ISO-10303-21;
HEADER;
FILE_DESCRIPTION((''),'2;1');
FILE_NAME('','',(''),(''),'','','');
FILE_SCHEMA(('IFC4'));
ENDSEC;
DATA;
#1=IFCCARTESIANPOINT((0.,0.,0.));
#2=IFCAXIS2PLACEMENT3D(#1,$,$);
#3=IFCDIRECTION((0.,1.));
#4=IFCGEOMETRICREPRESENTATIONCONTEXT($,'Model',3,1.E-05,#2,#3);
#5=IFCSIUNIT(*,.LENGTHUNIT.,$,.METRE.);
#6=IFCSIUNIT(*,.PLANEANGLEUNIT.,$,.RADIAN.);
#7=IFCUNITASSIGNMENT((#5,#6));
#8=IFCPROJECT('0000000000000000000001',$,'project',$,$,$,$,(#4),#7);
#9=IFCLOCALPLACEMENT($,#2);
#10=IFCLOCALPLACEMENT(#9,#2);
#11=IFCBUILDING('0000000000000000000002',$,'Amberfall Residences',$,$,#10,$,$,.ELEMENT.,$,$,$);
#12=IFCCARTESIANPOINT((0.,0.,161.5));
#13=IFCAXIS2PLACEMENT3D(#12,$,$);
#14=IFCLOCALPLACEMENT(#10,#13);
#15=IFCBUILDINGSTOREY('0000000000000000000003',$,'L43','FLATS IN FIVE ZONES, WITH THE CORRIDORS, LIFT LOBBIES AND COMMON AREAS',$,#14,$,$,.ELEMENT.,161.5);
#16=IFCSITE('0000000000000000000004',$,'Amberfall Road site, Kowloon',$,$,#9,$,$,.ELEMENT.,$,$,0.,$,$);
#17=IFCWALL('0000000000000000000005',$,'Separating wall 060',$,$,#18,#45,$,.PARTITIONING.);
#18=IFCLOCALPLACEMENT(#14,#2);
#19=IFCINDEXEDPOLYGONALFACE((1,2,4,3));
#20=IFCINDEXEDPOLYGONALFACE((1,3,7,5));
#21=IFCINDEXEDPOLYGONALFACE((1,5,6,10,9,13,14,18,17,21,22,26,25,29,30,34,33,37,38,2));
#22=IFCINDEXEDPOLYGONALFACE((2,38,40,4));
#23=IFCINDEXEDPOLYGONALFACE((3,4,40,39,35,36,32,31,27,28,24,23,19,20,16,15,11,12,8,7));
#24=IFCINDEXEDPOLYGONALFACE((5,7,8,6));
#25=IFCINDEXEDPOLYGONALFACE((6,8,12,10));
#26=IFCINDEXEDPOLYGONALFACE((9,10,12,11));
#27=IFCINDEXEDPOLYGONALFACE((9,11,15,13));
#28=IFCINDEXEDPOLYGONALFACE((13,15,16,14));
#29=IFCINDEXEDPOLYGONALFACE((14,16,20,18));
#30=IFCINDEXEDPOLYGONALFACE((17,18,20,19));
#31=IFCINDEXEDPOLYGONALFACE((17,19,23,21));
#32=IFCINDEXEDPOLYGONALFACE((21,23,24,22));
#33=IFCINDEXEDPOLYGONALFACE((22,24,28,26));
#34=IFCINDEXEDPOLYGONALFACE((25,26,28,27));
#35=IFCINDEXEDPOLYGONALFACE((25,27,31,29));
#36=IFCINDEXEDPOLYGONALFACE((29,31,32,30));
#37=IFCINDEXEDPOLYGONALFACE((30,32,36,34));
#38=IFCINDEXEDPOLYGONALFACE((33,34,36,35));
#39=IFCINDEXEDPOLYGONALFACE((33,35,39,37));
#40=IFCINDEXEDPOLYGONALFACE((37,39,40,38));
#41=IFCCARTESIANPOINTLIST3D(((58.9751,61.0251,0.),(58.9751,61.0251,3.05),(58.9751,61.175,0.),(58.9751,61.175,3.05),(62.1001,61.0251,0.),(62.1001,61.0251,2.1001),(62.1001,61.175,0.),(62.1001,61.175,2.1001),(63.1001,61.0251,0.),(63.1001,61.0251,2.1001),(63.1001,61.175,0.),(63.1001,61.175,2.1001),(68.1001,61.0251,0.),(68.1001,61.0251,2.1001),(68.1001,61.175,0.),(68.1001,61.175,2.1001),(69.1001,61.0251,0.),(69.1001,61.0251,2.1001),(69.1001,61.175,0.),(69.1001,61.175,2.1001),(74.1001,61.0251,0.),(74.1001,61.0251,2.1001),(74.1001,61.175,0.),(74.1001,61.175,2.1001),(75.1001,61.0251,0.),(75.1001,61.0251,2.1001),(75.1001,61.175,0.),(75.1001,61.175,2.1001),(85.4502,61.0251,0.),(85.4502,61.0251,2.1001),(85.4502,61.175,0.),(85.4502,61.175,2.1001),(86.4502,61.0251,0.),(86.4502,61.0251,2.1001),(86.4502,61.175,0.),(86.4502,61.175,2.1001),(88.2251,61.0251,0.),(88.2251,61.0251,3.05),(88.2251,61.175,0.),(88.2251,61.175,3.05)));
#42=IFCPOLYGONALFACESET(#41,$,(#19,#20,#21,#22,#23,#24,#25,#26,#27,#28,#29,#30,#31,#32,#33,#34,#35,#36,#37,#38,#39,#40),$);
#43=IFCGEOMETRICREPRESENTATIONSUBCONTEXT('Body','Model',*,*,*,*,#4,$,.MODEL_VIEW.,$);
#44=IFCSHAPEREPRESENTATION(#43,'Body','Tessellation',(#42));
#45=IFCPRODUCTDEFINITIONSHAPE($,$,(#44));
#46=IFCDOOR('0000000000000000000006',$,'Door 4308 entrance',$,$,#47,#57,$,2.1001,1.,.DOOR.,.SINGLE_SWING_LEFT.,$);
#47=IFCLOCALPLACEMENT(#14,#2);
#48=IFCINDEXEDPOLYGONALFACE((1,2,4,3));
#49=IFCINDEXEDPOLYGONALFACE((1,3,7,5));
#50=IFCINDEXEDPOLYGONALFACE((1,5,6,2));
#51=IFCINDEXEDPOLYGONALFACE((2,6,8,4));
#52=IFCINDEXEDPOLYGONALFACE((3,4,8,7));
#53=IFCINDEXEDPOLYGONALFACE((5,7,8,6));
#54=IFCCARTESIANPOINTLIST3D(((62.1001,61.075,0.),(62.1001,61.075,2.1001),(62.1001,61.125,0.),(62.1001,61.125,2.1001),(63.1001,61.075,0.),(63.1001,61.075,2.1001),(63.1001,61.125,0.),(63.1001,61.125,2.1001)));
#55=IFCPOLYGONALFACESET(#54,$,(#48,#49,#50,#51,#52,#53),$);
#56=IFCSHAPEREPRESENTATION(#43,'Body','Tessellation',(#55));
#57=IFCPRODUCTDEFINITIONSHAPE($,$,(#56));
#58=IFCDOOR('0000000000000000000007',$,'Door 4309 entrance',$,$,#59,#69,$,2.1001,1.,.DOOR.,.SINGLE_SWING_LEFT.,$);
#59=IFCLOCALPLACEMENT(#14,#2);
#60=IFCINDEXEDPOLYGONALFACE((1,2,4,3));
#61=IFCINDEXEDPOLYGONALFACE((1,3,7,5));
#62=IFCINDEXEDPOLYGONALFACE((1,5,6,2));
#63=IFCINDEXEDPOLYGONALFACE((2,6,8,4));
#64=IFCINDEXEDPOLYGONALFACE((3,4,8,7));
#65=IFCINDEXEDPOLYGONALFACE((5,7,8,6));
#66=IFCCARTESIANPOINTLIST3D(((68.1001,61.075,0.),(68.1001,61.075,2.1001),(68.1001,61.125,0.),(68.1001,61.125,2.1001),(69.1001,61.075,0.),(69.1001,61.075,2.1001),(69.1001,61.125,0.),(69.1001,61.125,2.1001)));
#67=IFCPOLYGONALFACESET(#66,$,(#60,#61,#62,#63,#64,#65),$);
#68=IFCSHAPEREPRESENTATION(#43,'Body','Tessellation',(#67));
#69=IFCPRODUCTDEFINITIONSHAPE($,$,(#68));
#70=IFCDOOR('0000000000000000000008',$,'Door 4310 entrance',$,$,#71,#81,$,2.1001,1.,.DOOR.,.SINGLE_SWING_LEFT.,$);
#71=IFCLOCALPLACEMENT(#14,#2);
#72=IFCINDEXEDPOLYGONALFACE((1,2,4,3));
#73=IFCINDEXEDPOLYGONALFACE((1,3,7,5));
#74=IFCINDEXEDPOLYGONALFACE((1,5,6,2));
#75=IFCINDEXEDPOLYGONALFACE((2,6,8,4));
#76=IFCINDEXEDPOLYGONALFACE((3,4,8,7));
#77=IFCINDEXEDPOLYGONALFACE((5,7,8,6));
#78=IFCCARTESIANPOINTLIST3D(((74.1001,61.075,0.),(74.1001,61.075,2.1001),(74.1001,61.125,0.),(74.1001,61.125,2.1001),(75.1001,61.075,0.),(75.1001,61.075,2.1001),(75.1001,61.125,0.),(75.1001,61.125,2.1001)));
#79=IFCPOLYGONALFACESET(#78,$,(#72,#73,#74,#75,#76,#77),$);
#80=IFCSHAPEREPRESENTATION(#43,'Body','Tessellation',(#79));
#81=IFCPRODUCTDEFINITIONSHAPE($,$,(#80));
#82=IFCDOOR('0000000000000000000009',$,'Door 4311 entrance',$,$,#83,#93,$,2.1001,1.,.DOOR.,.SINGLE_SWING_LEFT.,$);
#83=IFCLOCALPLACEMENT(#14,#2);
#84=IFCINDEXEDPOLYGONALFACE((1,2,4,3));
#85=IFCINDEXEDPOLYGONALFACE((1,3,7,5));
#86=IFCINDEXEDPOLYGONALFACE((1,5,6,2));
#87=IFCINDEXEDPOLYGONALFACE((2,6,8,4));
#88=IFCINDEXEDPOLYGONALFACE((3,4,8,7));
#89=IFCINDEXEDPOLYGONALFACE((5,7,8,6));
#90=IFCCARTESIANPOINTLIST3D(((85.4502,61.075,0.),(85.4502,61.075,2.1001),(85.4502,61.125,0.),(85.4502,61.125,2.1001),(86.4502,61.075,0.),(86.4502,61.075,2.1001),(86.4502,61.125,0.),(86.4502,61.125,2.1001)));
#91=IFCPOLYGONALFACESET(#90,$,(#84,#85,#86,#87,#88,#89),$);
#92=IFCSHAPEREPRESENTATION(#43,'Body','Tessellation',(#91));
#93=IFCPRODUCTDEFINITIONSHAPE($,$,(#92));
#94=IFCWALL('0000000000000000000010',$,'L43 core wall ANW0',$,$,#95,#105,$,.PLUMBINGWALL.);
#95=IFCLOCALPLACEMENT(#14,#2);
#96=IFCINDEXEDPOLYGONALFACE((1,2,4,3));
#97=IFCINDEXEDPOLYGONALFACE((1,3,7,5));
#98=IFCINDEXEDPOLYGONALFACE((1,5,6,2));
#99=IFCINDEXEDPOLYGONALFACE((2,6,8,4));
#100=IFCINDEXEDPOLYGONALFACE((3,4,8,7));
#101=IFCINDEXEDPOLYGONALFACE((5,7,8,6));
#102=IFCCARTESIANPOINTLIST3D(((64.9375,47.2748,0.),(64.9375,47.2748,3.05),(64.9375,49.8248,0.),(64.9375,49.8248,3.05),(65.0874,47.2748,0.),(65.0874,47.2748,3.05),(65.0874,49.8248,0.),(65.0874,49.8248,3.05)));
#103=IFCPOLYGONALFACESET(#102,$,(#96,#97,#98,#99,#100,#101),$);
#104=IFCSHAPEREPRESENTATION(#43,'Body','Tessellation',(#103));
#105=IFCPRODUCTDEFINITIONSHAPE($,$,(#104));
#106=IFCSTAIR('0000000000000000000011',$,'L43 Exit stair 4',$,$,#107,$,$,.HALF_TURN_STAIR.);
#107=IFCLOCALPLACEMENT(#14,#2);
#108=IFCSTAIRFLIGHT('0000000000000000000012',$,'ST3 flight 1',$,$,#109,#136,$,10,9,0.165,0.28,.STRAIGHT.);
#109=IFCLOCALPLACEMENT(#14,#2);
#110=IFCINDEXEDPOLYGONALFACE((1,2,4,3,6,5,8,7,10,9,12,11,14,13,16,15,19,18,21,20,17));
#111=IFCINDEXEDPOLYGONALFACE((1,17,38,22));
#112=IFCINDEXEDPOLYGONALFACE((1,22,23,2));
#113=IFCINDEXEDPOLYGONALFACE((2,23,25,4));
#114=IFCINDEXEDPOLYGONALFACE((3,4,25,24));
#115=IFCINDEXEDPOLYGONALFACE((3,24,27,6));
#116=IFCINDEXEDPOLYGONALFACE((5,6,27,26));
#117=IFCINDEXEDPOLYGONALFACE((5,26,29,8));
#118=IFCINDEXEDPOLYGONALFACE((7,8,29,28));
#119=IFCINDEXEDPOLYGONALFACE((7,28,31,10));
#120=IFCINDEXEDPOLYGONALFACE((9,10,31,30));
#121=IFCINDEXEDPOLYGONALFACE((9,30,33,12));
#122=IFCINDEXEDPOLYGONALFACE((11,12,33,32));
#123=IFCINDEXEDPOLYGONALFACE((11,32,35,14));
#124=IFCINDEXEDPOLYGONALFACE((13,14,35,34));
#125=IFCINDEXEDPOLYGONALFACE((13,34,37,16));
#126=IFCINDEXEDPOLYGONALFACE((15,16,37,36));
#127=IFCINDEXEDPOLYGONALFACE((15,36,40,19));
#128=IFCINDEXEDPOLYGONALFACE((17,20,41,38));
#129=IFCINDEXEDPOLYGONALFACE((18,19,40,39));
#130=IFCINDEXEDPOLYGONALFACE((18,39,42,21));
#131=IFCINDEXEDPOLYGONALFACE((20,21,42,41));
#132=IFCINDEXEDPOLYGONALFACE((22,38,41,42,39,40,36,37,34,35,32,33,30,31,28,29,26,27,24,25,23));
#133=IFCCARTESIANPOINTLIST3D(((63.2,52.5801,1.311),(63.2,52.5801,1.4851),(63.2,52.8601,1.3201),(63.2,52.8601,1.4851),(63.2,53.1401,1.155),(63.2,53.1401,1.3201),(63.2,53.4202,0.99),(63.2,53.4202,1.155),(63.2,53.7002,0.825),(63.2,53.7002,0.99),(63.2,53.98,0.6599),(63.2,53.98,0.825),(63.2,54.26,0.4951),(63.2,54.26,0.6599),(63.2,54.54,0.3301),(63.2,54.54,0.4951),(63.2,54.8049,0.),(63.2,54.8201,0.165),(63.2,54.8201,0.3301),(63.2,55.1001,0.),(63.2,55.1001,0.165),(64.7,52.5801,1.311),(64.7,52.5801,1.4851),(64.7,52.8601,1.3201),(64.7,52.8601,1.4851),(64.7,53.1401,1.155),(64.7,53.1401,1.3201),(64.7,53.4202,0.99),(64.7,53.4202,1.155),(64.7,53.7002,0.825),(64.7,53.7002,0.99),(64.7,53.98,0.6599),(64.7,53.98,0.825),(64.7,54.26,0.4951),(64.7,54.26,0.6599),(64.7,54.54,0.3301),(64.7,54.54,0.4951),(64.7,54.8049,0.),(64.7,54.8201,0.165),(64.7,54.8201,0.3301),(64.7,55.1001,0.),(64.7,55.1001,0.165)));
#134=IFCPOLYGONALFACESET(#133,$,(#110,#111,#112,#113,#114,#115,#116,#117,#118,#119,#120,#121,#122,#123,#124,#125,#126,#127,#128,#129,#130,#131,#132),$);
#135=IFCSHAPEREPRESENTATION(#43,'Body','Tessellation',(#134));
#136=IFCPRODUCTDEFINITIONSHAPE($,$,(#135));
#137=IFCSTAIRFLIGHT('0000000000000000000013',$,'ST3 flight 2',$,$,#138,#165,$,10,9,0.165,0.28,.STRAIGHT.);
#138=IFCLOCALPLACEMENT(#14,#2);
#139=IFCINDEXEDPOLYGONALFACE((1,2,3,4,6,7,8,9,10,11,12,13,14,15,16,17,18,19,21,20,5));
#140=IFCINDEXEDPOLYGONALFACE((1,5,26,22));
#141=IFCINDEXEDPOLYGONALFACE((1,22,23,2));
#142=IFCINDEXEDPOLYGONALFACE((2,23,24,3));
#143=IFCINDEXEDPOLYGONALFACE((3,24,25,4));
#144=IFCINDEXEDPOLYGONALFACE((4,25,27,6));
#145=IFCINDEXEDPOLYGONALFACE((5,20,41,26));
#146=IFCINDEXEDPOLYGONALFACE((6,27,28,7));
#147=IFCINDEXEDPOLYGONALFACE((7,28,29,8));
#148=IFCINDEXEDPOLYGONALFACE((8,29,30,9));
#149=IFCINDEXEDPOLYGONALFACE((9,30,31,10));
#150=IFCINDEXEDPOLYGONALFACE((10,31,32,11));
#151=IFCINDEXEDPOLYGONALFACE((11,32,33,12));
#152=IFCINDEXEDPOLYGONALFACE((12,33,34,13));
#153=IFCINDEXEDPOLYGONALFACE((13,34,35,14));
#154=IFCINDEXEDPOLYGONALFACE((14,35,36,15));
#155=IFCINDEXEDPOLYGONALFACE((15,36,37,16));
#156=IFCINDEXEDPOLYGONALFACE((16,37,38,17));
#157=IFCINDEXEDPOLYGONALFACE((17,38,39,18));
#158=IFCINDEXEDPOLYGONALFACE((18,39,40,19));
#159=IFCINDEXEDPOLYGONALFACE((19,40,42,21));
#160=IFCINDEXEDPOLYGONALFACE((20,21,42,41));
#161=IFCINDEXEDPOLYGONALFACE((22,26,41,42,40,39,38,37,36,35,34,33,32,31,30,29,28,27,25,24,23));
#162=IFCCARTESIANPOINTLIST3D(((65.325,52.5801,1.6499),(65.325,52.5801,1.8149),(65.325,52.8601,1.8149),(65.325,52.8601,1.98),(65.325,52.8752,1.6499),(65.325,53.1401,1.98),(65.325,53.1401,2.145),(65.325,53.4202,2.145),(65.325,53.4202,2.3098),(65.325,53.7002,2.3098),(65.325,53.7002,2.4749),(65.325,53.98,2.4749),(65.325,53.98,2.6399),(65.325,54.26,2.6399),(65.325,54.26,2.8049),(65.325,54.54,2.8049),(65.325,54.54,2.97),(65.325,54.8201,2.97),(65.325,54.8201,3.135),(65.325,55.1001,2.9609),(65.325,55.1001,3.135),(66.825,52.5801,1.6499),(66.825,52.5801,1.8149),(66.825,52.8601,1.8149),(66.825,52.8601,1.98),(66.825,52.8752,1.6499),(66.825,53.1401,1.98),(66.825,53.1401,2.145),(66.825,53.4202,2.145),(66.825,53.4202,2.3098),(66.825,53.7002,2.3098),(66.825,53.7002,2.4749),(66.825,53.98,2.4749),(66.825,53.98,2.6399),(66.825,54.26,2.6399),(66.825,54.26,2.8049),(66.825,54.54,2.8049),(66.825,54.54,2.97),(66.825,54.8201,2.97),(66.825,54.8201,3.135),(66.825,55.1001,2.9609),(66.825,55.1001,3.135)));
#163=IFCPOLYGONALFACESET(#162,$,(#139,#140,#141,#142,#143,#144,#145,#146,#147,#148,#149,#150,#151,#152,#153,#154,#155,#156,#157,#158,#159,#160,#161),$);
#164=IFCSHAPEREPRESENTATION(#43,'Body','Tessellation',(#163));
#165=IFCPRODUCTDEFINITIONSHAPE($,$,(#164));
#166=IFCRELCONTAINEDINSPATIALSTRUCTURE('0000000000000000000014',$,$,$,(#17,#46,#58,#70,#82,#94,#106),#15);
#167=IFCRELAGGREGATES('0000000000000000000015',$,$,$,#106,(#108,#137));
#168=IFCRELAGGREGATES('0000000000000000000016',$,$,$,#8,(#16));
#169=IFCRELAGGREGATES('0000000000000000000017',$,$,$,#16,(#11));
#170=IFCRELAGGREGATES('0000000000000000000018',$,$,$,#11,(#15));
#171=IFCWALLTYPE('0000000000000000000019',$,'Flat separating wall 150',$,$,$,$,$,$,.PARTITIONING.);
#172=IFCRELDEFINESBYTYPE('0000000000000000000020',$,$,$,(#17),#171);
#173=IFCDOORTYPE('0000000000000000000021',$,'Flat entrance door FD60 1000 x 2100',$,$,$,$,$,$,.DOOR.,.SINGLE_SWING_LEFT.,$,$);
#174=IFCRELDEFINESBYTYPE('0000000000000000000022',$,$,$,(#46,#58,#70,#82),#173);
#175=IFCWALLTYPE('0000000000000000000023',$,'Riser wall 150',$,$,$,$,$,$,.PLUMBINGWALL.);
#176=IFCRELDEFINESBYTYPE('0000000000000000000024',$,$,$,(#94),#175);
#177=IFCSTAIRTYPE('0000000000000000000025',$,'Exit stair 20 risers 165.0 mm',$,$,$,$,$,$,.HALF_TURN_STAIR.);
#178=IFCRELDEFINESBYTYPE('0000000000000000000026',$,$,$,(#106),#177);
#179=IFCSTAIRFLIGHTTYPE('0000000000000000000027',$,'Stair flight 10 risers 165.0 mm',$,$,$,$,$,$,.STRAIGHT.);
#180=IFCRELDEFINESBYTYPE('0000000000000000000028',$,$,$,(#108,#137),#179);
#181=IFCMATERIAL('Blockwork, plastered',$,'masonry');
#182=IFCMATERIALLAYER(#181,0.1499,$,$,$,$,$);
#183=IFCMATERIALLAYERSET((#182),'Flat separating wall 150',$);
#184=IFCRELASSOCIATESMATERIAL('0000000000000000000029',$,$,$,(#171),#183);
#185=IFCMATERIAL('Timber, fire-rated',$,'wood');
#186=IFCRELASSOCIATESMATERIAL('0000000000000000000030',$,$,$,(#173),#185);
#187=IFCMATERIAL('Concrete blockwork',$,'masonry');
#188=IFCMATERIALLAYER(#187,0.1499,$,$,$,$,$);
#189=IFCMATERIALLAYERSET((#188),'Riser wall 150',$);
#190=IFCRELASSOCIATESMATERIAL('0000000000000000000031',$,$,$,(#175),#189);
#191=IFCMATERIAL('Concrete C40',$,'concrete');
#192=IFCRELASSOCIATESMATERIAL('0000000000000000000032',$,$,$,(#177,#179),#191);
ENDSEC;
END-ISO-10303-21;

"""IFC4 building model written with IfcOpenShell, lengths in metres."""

from ifc_helpers import new_model, si_unit, direction, frame, frame_2d, origin, place, context, subcontext, project, spatial, polyline, rectangle, outline, extrude, material, layer, layer_set, type_object, element, fill, aggregate, save


model = new_model("IFC4")

# Units and contexts
model_context = context("Model", 3, precision=1e-05, world=origin(), true_north=direction((0.0, 1.0)))
body_context = subcontext(model_context, "Body", "Model", "MODEL_VIEW")
ifc_project = project(units=[si_unit("LENGTHUNIT", "METRE"), si_unit("PLANEANGLEUNIT", "RADIAN")], contexts=[model_context])

# Site, building, storey
site_placement = place(None, origin())
site = spatial("IfcSite", under=ifc_project, at=site_placement, Name="Amberfall Road site, Kowloon", CompositionType="ELEMENT", RefElevation=0.0)
building_placement = place(site_placement, origin())
building = spatial("IfcBuilding", under=site, at=building_placement, Name="Amberfall Residences", CompositionType="ELEMENT")
storey_placement = place(building_placement, frame((0.0, 0.0, 161.5)))
storey = spatial("IfcBuildingStorey", under=building, at=storey_placement, Name="L43", Description="FLATS IN FIVE ZONES, WITH THE CORRIDORS, LIFT LOBBIES AND COMMON AREAS", CompositionType="ELEMENT", Elevation=161.5)

# Wall, openings, doors
ifc_material_1 = material(Name="Blockwork, plastered", Category="masonry")
ifc_layer_1 = layer(ifc_material_1, 0.1499)
ifc_layer_set_1 = layer_set([ifc_layer_1], Name="Flat separating wall 150")
wall_type_1 = type_object("IfcWallType", Name="Flat separating wall 150", PredefinedType="PARTITIONING", material=ifc_layer_set_1)
wall_1_placement = place(storey_placement, frame((58.9751, 61.1001, 0.0), z_axis=(0.0, 0.0, 1.0), x_axis=(1.0, 0.0, 0.0)))
wall_1 = element("IfcWall", 1, at=wall_1_placement, inside=storey, type_object=wall_type_1, Name="Separating wall 060", PredefinedType="PARTITIONING", context=body_context, shape_type="SweptSolid", body=[
    extrude(rectangle(XDim=29.25, YDim=0.1499, at=frame_2d((14.625, 0.0))), origin(), (0.0, 0.0, 1.0), 3.05),
])
opening_1_placement = place(wall_1_placement, frame((3.125, 0.0, 0.0)))
opening_1 = element("IfcOpeningElement", 2, at=opening_1_placement, cuts=wall_1, PredefinedType="OPENING", context=body_context, shape_type="SweptSolid", body=[
    extrude(rectangle(XDim=1.0, YDim=2.1001, at=frame_2d((0.5, 1.05))), frame((0.0, 0.085, 0.0), z_axis=(0.0, -1.0, 0.0), x_axis=(1.0, 0.0, 0.0)), (0.0, 0.0, 1.0), 0.1699),
])
opening_2_placement = place(wall_1_placement, frame((9.125, 0.0, 0.0)))
opening_2 = element("IfcOpeningElement", 3, at=opening_2_placement, cuts=wall_1, PredefinedType="OPENING", context=body_context, shape_type="SweptSolid", body=[
    extrude(rectangle(XDim=1.0, YDim=2.1001, at=frame_2d((0.5, 1.05))), frame((0.0, 0.085, 0.0), z_axis=(0.0, -1.0, 0.0), x_axis=(1.0, 0.0, 0.0)), (0.0, 0.0, 1.0), 0.1699),
])
opening_3_placement = place(wall_1_placement, frame((15.125, 0.0, 0.0)))
opening_3 = element("IfcOpeningElement", 4, at=opening_3_placement, cuts=wall_1, PredefinedType="OPENING", context=body_context, shape_type="SweptSolid", body=[
    extrude(rectangle(XDim=1.0, YDim=2.1001, at=frame_2d((0.5, 1.05))), frame((0.0, 0.085, 0.0), z_axis=(0.0, -1.0, 0.0), x_axis=(1.0, 0.0, 0.0)), (0.0, 0.0, 1.0), 0.1699),
])
opening_4_placement = place(wall_1_placement, frame((26.4751, 0.0, 0.0)))
opening_4 = element("IfcOpeningElement", 5, at=opening_4_placement, cuts=wall_1, PredefinedType="OPENING", context=body_context, shape_type="SweptSolid", body=[
    extrude(rectangle(XDim=1.0, YDim=2.1001, at=frame_2d((0.5, 1.05))), frame((0.0, 0.085, 0.0), z_axis=(0.0, -1.0, 0.0), x_axis=(1.0, 0.0, 0.0)), (0.0, 0.0, 1.0), 0.1699),
])
ifc_material_2 = material(Name="Timber, fire-rated", Category="wood")
door_type_1 = type_object("IfcDoorType", Name="Flat entrance door FD60 1000 x 2100", OperationType="SINGLE_SWING_LEFT", PredefinedType="DOOR", material=ifc_material_2)
door_1_placement = place(opening_1_placement, origin())
door_1 = element("IfcDoor", 6, at=door_1_placement, inside=storey, type_object=door_type_1, Name="Door 4308 entrance", OperationType="SINGLE_SWING_LEFT", OverallHeight=2.1001, OverallWidth=1.0, PredefinedType="DOOR", context=body_context, shape_type="SweptSolid", body=[
    extrude(rectangle(XDim=1.0, YDim=2.1001, at=frame_2d((0.5, 1.05))), frame((0.0, 0.0249, 0.0), z_axis=(0.0, -1.0, 0.0), x_axis=(1.0, 0.0, 0.0)), (0.0, 0.0, 1.0), 0.05),
])
fill(opening_1, door_1)
door_2_placement = place(opening_2_placement, origin())
door_2 = element("IfcDoor", 7, at=door_2_placement, inside=storey, type_object=door_type_1, Name="Door 4309 entrance", OperationType="SINGLE_SWING_LEFT", OverallHeight=2.1001, OverallWidth=1.0, PredefinedType="DOOR", context=body_context, shape_type="SweptSolid", body=[
    extrude(rectangle(XDim=1.0, YDim=2.1001, at=frame_2d((0.5, 1.05))), frame((0.0, 0.0249, 0.0), z_axis=(0.0, -1.0, 0.0), x_axis=(1.0, 0.0, 0.0)), (0.0, 0.0, 1.0), 0.05),
])
fill(opening_2, door_2)
door_3_placement = place(opening_3_placement, origin())
door_3 = element("IfcDoor", 8, at=door_3_placement, inside=storey, type_object=door_type_1, Name="Door 4310 entrance", OperationType="SINGLE_SWING_LEFT", OverallHeight=2.1001, OverallWidth=1.0, PredefinedType="DOOR", context=body_context, shape_type="SweptSolid", body=[
    extrude(rectangle(XDim=1.0, YDim=2.1001, at=frame_2d((0.5, 1.05))), frame((0.0, 0.0249, 0.0), z_axis=(0.0, -1.0, 0.0), x_axis=(1.0, 0.0, 0.0)), (0.0, 0.0, 1.0), 0.05),
])
fill(opening_3, door_3)
door_4_placement = place(opening_4_placement, origin())
door_4 = element("IfcDoor", 9, at=door_4_placement, inside=storey, type_object=door_type_1, Name="Door 4311 entrance", OperationType="SINGLE_SWING_LEFT", OverallHeight=2.1001, OverallWidth=1.0, PredefinedType="DOOR", context=body_context, shape_type="SweptSolid", body=[
    extrude(rectangle(XDim=1.0, YDim=2.1001, at=frame_2d((0.5, 1.05))), frame((0.0, 0.0249, 0.0), z_axis=(0.0, -1.0, 0.0), x_axis=(1.0, 0.0, 0.0)), (0.0, 0.0, 1.0), 0.05),
])
fill(opening_4, door_4)

# Wall
ifc_material_3 = material(Name="Concrete blockwork", Category="masonry")
ifc_layer_2 = layer(ifc_material_3, 0.1499)
ifc_layer_set_2 = layer_set([ifc_layer_2], Name="Riser wall 150")
wall_type_2 = type_object("IfcWallType", Name="Riser wall 150", PredefinedType="PLUMBINGWALL", material=ifc_layer_set_2)
wall_2_placement = place(storey_placement, frame((65.0125, 47.2749, 0.0), z_axis=(0.0, 0.0, 1.0), x_axis=(0.0, 1.0, 0.0)))
element("IfcWall", 10, at=wall_2_placement, inside=storey, type_object=wall_type_2, Name="L43 core wall ANW0", PredefinedType="PLUMBINGWALL", context=body_context, shape_type="SweptSolid", body=[
    extrude(rectangle(XDim=2.55, YDim=0.1499, at=frame_2d((1.2749, 0.0))), origin(), (0.0, 0.0, 1.0), 3.05),
])

# Stair, stair flights
ifc_material_4 = material(Name="Concrete C40", Category="concrete")
stair_type = type_object("IfcStairType", Name="Exit stair 20 risers 165.0 mm", PredefinedType="HALF_TURN_STAIR", material=ifc_material_4)
stair_placement = place(storey_placement, origin())
stair = element("IfcStair", 11, at=stair_placement, inside=storey, type_object=stair_type, Name="L43 Exit stair 4", PredefinedType="HALF_TURN_STAIR")
stair_flight_type = type_object("IfcStairFlightType", Name="Stair flight 10 risers 165.0 mm", PredefinedType="STRAIGHT", material=ifc_material_4)
stair_flight_1_placement = place(storey_placement, frame((63.95, 55.1001, 0.0), z_axis=(0.0, 0.0, 1.0), x_axis=(0.0, -1.0, 0.0)))
stair_flight_1 = element("IfcStairFlight", 12, at=stair_flight_1_placement, type_object=stair_flight_type, Name="ST3 flight 1", NumberOfRisers=10, NumberOfTreads=9, PredefinedType="STRAIGHT", RiserHeight=0.165, TreadLength=0.28, context=body_context, shape_type="SweptSolid", body=[
    extrude(outline(polyline([(0.0, 0.0), (0.0, 0.165), (0.28, 0.165), (0.28, 0.3301), (0.5601, 0.3301), (0.5601, 0.4951), (0.8401, 0.4951), (0.8401, 0.6599), (1.1201, 0.6599), (1.1201, 0.825), (1.3999, 0.825), (1.3999, 0.99), (1.6799, 0.99), (1.6799, 1.155), (1.96, 1.155), (1.96, 1.3201), (2.24, 1.3201), (2.24, 1.4851), (2.52, 1.4851), (2.52, 1.6499), (2.52, 1.311), (0.2952, 0.0), (0.0, 0.0)])), frame((0.0, 0.75, 0.0), z_axis=(0.0, -1.0, 0.0), x_axis=(1.0, 0.0, 0.0)), (0.0, 0.0, 1.0), 1.5),
])
stair_flight_2_placement = place(storey_placement, frame((66.075, 52.5801, 1.6499), z_axis=(0.0, 0.0, 1.0), x_axis=(0.0, 1.0, 0.0)))
stair_flight_2 = element("IfcStairFlight", 13, at=stair_flight_2_placement, type_object=stair_flight_type, Name="ST3 flight 2", NumberOfRisers=10, NumberOfTreads=9, PredefinedType="STRAIGHT", RiserHeight=0.165, TreadLength=0.28, context=body_context, shape_type="SweptSolid", body=[
    extrude(outline(polyline([(0.0, 0.0), (0.0, 0.165), (0.28, 0.165), (0.28, 0.3301), (0.5601, 0.3301), (0.5601, 0.4951), (0.8401, 0.4951), (0.8401, 0.6599), (1.1201, 0.6599), (1.1201, 0.825), (1.3999, 0.825), (1.3999, 0.99), (1.6799, 0.99), (1.6799, 1.155), (1.96, 1.155), (1.96, 1.3201), (2.24, 1.3201), (2.24, 1.4851), (2.52, 1.4851), (2.52, 1.6499), (2.52, 1.311), (0.2952, 0.0), (0.0, 0.0)])), frame((0.0, 0.75, 0.0), z_axis=(0.0, -1.0, 0.0), x_axis=(1.0, 0.0, 0.0)), (0.0, 0.0, 1.0), 1.5),
])
aggregate(stair, [stair_flight_1, stair_flight_2])

save(model, "model.ifc")
